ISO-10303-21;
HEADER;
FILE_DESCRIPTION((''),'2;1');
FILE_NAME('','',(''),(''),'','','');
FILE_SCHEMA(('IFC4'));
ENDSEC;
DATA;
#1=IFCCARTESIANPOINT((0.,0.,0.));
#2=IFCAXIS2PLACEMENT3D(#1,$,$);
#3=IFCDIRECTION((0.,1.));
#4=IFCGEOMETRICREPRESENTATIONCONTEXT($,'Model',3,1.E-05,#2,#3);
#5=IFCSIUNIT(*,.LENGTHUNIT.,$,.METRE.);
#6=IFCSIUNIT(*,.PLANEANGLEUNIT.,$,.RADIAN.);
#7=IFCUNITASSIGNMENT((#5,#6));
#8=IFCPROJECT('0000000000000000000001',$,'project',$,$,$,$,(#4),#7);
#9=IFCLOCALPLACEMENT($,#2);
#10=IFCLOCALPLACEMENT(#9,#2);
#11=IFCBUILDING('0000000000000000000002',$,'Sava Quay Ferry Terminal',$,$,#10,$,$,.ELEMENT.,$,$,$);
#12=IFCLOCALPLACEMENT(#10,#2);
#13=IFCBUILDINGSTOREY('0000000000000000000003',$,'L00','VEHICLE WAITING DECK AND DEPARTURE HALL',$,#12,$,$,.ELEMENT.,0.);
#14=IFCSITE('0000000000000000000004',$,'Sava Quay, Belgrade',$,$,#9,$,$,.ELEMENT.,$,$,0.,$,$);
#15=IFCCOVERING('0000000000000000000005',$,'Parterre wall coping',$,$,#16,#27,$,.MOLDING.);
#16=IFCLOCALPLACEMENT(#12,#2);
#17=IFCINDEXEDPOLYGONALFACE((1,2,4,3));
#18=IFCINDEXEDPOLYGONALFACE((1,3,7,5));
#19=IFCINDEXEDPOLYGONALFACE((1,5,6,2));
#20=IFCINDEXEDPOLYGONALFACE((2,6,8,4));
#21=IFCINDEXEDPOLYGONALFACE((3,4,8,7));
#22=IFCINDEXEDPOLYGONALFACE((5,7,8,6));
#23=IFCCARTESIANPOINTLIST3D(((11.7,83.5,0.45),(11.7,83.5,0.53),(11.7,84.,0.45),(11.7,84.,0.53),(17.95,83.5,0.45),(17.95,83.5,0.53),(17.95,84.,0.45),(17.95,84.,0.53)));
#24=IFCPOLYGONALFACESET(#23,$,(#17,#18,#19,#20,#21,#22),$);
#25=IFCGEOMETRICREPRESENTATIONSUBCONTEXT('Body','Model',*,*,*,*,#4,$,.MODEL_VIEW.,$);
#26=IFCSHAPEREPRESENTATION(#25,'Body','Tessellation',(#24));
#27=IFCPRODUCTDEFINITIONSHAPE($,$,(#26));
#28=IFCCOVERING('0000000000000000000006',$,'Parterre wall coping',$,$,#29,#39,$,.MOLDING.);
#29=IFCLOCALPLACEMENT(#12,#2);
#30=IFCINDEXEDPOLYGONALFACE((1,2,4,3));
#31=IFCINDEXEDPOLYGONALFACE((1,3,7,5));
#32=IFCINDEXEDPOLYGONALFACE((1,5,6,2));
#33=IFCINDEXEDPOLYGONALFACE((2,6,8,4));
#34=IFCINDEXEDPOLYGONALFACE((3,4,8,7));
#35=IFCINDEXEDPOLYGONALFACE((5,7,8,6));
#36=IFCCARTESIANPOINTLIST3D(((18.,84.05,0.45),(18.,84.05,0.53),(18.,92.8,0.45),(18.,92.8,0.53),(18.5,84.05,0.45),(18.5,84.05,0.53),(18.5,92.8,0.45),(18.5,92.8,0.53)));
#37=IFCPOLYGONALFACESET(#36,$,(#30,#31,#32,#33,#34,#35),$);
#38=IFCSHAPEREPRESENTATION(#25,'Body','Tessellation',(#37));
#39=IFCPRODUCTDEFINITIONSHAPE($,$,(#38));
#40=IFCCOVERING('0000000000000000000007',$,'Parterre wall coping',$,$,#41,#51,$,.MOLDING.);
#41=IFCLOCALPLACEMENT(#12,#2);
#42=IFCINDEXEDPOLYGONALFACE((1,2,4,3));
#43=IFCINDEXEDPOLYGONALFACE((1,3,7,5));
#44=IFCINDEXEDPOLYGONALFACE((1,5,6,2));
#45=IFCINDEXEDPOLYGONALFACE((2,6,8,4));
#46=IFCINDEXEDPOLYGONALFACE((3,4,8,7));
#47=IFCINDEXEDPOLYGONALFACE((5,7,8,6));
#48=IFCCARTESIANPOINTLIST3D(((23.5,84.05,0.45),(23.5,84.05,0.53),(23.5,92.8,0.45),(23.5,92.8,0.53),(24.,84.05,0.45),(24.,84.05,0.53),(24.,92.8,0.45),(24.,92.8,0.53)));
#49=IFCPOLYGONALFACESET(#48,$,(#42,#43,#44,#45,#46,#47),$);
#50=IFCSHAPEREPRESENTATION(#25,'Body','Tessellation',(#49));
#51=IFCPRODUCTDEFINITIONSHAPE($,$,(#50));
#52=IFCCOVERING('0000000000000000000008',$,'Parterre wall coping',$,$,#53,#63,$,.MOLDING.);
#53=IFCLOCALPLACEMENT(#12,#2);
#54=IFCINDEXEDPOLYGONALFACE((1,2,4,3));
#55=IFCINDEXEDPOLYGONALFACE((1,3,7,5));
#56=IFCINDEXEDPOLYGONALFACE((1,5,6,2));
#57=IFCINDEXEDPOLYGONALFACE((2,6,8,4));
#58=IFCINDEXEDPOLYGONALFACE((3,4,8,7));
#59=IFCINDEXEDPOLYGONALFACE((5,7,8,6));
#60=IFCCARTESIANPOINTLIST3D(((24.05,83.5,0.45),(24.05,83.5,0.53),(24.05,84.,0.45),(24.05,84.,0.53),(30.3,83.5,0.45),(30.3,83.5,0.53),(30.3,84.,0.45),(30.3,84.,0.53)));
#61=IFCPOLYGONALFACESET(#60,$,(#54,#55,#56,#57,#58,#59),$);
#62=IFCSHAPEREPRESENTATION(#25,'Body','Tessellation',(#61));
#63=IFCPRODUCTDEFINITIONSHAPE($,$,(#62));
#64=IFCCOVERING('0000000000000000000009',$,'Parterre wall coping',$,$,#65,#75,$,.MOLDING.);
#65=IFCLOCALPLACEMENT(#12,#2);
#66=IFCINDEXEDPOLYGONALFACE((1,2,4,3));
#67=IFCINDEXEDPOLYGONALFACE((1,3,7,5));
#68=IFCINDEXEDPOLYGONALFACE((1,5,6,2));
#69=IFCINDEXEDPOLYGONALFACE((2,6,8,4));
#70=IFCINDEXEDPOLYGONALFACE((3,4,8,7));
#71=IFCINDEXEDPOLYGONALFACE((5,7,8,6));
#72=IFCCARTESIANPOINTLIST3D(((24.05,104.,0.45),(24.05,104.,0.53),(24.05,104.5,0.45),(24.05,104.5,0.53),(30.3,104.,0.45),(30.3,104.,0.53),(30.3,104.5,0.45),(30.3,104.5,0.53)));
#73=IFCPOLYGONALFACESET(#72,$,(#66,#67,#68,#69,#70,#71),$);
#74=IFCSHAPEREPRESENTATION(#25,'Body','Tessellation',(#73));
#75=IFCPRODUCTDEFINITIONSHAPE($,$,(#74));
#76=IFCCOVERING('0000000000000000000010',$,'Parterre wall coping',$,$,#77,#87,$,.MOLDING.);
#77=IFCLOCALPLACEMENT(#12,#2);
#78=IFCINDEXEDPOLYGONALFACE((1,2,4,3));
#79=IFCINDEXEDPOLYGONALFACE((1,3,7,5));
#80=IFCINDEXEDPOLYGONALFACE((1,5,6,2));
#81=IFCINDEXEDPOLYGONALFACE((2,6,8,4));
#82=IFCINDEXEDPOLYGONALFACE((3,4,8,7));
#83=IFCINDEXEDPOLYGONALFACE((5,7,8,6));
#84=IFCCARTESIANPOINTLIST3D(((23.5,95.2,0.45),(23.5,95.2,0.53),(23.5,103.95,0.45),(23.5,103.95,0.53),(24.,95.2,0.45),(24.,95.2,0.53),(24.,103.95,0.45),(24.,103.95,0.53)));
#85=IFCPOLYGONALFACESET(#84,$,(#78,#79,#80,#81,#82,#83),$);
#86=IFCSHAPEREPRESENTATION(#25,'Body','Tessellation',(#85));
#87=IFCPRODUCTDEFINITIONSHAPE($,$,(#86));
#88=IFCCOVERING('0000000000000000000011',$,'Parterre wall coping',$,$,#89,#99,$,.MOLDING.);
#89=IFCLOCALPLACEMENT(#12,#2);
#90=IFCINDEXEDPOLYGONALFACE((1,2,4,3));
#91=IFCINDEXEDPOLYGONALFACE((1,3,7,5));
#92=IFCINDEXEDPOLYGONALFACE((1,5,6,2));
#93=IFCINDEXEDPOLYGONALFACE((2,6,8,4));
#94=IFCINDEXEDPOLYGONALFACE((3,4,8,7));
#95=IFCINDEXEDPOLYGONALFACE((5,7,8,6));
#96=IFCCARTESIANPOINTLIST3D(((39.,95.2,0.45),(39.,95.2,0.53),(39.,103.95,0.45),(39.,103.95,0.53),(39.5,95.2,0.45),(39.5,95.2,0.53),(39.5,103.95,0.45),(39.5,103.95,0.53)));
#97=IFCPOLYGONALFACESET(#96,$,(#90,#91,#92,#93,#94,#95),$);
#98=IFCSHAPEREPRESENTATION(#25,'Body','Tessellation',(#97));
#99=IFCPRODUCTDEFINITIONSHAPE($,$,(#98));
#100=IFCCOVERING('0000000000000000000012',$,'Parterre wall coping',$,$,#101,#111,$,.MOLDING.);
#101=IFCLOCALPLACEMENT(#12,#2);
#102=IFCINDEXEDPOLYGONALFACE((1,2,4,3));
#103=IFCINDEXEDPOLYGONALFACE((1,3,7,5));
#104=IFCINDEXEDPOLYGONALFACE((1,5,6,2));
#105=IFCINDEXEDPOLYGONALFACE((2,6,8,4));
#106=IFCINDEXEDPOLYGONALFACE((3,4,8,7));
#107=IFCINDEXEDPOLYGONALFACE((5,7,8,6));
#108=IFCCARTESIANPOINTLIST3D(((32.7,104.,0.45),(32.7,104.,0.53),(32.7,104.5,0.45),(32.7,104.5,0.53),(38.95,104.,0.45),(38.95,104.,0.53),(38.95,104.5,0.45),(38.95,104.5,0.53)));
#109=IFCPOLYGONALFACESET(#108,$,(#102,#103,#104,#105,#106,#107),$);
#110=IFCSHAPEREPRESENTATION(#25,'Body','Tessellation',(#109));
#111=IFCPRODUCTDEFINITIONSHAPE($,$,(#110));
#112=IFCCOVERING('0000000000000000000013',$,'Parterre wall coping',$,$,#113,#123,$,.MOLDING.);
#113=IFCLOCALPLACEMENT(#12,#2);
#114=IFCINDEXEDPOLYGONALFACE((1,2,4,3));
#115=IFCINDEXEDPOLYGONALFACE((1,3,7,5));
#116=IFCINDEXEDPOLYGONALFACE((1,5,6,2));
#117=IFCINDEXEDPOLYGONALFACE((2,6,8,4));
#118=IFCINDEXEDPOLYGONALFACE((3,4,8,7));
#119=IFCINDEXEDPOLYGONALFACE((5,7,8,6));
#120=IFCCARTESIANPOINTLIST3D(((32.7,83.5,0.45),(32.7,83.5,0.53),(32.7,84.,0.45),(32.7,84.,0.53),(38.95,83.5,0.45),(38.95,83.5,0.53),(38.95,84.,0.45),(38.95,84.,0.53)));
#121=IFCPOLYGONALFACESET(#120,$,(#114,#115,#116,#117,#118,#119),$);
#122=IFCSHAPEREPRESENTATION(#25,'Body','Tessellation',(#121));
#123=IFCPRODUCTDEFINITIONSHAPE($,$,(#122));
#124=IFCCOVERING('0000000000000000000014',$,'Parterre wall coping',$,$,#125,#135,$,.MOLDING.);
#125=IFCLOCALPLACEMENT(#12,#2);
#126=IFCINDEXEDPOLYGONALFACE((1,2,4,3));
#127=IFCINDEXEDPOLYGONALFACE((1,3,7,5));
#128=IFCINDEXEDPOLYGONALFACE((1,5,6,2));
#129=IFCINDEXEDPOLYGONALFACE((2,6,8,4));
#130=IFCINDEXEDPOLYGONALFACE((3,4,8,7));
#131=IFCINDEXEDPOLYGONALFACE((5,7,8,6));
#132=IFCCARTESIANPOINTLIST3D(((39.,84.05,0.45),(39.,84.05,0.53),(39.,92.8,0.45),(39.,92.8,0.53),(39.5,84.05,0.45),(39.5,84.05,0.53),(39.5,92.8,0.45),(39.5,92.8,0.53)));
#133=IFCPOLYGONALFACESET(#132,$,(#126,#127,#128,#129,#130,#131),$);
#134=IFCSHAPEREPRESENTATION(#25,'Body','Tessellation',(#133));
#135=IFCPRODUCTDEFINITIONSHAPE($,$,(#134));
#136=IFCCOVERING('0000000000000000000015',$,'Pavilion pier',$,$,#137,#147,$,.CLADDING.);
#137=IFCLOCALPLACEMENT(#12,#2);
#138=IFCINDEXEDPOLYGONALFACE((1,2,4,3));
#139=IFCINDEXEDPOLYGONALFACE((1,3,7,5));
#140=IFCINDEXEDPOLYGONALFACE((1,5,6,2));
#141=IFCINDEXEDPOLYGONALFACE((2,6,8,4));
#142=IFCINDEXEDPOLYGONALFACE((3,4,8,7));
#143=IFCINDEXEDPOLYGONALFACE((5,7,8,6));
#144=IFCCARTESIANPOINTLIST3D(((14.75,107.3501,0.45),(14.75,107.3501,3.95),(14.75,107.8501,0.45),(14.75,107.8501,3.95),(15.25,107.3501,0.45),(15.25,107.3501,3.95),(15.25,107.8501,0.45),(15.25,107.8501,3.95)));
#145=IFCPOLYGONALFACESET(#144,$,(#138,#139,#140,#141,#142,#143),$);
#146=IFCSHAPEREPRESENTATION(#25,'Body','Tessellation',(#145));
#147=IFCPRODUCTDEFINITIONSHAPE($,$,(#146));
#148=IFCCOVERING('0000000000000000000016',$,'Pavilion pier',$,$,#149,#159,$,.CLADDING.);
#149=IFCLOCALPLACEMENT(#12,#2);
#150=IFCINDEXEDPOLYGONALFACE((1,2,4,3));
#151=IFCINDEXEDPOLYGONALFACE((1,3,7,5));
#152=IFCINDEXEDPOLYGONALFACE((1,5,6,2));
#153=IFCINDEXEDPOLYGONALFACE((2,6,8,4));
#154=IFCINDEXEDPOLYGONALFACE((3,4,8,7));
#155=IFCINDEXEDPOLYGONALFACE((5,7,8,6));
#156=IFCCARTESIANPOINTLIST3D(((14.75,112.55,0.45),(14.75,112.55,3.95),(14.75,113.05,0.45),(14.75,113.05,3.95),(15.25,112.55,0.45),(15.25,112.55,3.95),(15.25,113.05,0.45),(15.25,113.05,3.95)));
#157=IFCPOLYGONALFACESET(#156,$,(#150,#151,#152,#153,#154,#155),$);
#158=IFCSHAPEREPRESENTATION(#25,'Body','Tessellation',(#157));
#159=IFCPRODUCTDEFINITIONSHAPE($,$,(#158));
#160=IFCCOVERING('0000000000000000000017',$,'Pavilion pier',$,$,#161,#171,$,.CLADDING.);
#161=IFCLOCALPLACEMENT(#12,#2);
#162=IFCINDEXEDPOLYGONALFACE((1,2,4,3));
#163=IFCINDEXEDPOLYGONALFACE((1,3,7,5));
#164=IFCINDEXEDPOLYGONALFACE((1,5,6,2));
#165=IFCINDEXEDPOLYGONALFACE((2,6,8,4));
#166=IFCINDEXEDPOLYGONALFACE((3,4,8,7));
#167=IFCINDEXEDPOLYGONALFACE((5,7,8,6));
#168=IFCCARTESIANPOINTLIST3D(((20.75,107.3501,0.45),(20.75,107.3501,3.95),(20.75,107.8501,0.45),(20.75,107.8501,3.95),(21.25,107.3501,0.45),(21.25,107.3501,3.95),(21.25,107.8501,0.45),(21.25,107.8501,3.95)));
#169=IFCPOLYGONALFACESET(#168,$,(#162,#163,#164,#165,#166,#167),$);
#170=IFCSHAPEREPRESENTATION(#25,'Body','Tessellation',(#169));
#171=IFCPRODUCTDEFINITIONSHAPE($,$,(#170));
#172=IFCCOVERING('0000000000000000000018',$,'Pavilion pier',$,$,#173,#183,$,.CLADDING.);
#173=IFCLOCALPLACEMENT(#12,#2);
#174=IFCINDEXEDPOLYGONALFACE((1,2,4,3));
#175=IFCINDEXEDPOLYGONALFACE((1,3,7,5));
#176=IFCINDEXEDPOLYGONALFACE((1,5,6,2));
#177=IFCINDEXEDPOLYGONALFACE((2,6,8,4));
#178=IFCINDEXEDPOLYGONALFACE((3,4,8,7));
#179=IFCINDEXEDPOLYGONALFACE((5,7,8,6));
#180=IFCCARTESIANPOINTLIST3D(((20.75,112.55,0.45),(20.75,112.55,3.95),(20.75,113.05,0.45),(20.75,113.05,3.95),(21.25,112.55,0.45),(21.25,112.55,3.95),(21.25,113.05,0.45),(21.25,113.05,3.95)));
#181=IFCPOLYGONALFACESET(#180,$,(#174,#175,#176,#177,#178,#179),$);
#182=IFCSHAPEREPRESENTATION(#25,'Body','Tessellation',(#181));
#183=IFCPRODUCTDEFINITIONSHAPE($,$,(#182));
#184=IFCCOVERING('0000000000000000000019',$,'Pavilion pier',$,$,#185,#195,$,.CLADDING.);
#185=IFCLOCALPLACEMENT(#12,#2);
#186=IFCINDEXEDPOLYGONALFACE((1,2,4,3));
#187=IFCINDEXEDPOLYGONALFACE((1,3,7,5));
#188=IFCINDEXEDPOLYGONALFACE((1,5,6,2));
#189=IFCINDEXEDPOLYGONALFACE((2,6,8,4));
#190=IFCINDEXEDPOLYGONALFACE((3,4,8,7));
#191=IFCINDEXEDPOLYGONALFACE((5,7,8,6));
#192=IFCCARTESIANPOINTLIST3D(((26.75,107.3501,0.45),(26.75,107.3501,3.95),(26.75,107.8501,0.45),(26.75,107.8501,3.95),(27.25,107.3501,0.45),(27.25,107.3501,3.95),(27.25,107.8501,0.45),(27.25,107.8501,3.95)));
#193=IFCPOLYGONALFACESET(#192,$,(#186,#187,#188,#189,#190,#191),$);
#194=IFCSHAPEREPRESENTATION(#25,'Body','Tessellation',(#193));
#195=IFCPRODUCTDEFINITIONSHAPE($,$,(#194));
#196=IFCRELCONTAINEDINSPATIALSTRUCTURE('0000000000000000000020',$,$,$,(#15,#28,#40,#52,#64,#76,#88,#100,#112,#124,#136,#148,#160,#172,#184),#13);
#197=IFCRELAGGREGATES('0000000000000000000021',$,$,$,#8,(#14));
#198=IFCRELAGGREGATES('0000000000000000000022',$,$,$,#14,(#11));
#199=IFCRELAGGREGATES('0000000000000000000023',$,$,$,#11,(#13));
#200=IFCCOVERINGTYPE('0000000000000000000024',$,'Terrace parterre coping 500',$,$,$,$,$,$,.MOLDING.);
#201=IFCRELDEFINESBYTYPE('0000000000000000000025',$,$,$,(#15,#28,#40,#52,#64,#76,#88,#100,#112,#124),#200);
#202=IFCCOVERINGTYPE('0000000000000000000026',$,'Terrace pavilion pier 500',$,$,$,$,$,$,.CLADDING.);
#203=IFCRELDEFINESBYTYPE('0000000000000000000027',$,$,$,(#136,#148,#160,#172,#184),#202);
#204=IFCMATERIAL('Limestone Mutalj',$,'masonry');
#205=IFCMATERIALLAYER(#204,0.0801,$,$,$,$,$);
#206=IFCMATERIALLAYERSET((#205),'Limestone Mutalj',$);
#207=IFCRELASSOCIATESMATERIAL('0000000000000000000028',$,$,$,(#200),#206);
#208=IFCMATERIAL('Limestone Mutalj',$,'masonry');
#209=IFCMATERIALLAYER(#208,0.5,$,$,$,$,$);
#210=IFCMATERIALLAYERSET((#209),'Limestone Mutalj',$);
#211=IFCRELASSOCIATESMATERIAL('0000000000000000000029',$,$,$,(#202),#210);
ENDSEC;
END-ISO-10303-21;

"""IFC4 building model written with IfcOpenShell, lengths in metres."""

from ifc_helpers import new_model, si_unit, direction, frame, origin, place, context, subcontext, project, spatial, polyline, outline, extrude, material, layer, layer_set, type_object, element, save


model = new_model("IFC4")

# Units and contexts
model_context = context("Model", 3, precision=1e-05, world=origin(), true_north=direction((0.0, 1.0)))
body_context = subcontext(model_context, "Body", "Model", "MODEL_VIEW")
ifc_project = project(units=[si_unit("LENGTHUNIT", "METRE"), si_unit("PLANEANGLEUNIT", "RADIAN")], contexts=[model_context])

# Site, building, storey
site_placement = place(None, origin())
site = spatial("IfcSite", under=ifc_project, at=site_placement, Name="Sava Quay, Belgrade", CompositionType="ELEMENT", RefElevation=0.0)
building_placement = place(site_placement, origin())
building = spatial("IfcBuilding", under=site, at=building_placement, Name="Sava Quay Ferry Terminal", CompositionType="ELEMENT")
storey_placement = place(building_placement, origin())
storey = spatial("IfcBuildingStorey", under=building, at=storey_placement, Name="L00", Description="VEHICLE WAITING DECK AND DEPARTURE HALL", CompositionType="ELEMENT", Elevation=0.0)

# Coverings
ifc_material_1 = material(Name="Limestone Mutalj", Category="masonry")
ifc_layer_1 = layer(ifc_material_1, 0.0801)
ifc_layer_set_1 = layer_set([ifc_layer_1], Name="Limestone Mutalj")
covering_type_1 = type_object("IfcCoveringType", Name="Terrace parterre coping 500", PredefinedType="MOLDING", material=ifc_layer_set_1)
covering_1_placement = place(storey_placement, frame((0.0, 0.0, 0.45)))
element("IfcCovering", 1, at=covering_1_placement, inside=storey, type_object=covering_type_1, Name="Parterre wall coping", PredefinedType="MOLDING", context=body_context, shape_type="SweptSolid", body=[
    extrude(outline(polyline([(11.7, 84.0), (11.7, 83.5), (17.95, 83.5), (17.95, 84.0), (11.7, 84.0)])), origin(), (0.0, 0.0, 1.0), 0.0801),
])
covering_2_placement = place(storey_placement, frame((0.0, 0.0, 0.45)))
element("IfcCovering", 2, at=covering_2_placement, inside=storey, type_object=covering_type_1, Name="Parterre wall coping", PredefinedType="MOLDING", context=body_context, shape_type="SweptSolid", body=[
    extrude(outline(polyline([(18.5, 92.8), (18.0, 92.8), (18.0, 84.05), (18.5, 84.05), (18.5, 92.8)])), origin(), (0.0, 0.0, 1.0), 0.0801),
])
covering_3_placement = place(storey_placement, frame((0.0, 0.0, 0.45)))
element("IfcCovering", 3, at=covering_3_placement, inside=storey, type_object=covering_type_1, Name="Parterre wall coping", PredefinedType="MOLDING", context=body_context, shape_type="SweptSolid", body=[
    extrude(outline(polyline([(24.0, 84.05), (24.0, 92.8), (23.5, 92.8), (23.5, 84.05), (24.0, 84.05)])), origin(), (0.0, 0.0, 1.0), 0.0801),
])
covering_4_placement = place(storey_placement, frame((0.0, 0.0, 0.45)))
element("IfcCovering", 4, at=covering_4_placement, inside=storey, type_object=covering_type_1, Name="Parterre wall coping", PredefinedType="MOLDING", context=body_context, shape_type="SweptSolid", body=[
    extrude(outline(polyline([(30.3, 83.5), (30.3, 84.0), (24.05, 84.0), (24.05, 83.5), (30.3, 83.5)])), origin(), (0.0, 0.0, 1.0), 0.0801),
])
covering_5_placement = place(storey_placement, frame((0.0, 0.0, 0.45)))
element("IfcCovering", 5, at=covering_5_placement, inside=storey, type_object=covering_type_1, Name="Parterre wall coping", PredefinedType="MOLDING", context=body_context, shape_type="SweptSolid", body=[
    extrude(outline(polyline([(30.3, 104.0), (30.3, 104.5), (24.05, 104.5), (24.05, 104.0), (30.3, 104.0)])), origin(), (0.0, 0.0, 1.0), 0.0801),
])
covering_6_placement = place(storey_placement, frame((0.0, 0.0, 0.45)))
element("IfcCovering", 6, at=covering_6_placement, inside=storey, type_object=covering_type_1, Name="Parterre wall coping", PredefinedType="MOLDING", context=body_context, shape_type="SweptSolid", body=[
    extrude(outline(polyline([(23.5, 95.2), (24.0, 95.2), (24.0, 103.95), (23.5, 103.95), (23.5, 95.2)])), origin(), (0.0, 0.0, 1.0), 0.0801),
])
covering_7_placement = place(storey_placement, frame((0.0, 0.0, 0.45)))
element("IfcCovering", 7, at=covering_7_placement, inside=storey, type_object=covering_type_1, Name="Parterre wall coping", PredefinedType="MOLDING", context=body_context, shape_type="SweptSolid", body=[
    extrude(outline(polyline([(39.0, 95.2), (39.5, 95.2), (39.5, 103.95), (39.0, 103.95), (39.0, 95.2)])), origin(), (0.0, 0.0, 1.0), 0.0801),
])
covering_8_placement = place(storey_placement, frame((0.0, 0.0, 0.45)))
element("IfcCovering", 8, at=covering_8_placement, inside=storey, type_object=covering_type_1, Name="Parterre wall coping", PredefinedType="MOLDING", context=body_context, shape_type="SweptSolid", body=[
    extrude(outline(polyline([(32.7, 104.5), (32.7, 104.0), (38.95, 104.0), (38.95, 104.5), (32.7, 104.5)])), origin(), (0.0, 0.0, 1.0), 0.0801),
])
covering_9_placement = place(storey_placement, frame((0.0, 0.0, 0.45)))
element("IfcCovering", 9, at=covering_9_placement, inside=storey, type_object=covering_type_1, Name="Parterre wall coping", PredefinedType="MOLDING", context=body_context, shape_type="SweptSolid", body=[
    extrude(outline(polyline([(32.7, 84.0), (32.7, 83.5), (38.95, 83.5), (38.95, 84.0), (32.7, 84.0)])), origin(), (0.0, 0.0, 1.0), 0.0801),
])
covering_10_placement = place(storey_placement, frame((0.0, 0.0, 0.45)))
element("IfcCovering", 10, at=covering_10_placement, inside=storey, type_object=covering_type_1, Name="Parterre wall coping", PredefinedType="MOLDING", context=body_context, shape_type="SweptSolid", body=[
    extrude(outline(polyline([(39.5, 92.8), (39.0, 92.8), (39.0, 84.05), (39.5, 84.05), (39.5, 92.8)])), origin(), (0.0, 0.0, 1.0), 0.0801),
])
ifc_material_2 = material(Name="Limestone Mutalj", Category="masonry")
ifc_layer_2 = layer(ifc_material_2, 0.5)
ifc_layer_set_2 = layer_set([ifc_layer_2], Name="Limestone Mutalj")
covering_type_2 = type_object("IfcCoveringType", Name="Terrace pavilion pier 500", PredefinedType="CLADDING", material=ifc_layer_set_2)
covering_11_placement = place(storey_placement, frame((0.0, 0.0, 0.45)))
element("IfcCovering", 11, at=covering_11_placement, inside=storey, type_object=covering_type_2, Name="Pavilion pier", PredefinedType="CLADDING", context=body_context, shape_type="SweptSolid", body=[
    extrude(outline(polyline([(15.25, 107.3501), (15.25, 107.8501), (14.75, 107.8501), (14.75, 107.3501), (15.25, 107.3501)])), origin(), (0.0, 0.0, 1.0), 3.5),
])
covering_12_placement = place(storey_placement, frame((0.0, 0.0, 0.45)))
element("IfcCovering", 12, at=covering_12_placement, inside=storey, type_object=covering_type_2, Name="Pavilion pier", PredefinedType="CLADDING", context=body_context, shape_type="SweptSolid", body=[
    extrude(outline(polyline([(15.25, 112.55), (15.25, 113.05), (14.75, 113.05), (14.75, 112.55), (15.25, 112.55)])), origin(), (0.0, 0.0, 1.0), 3.5),
])
covering_13_placement = place(storey_placement, frame((0.0, 0.0, 0.45)))
element("IfcCovering", 13, at=covering_13_placement, inside=storey, type_object=covering_type_2, Name="Pavilion pier", PredefinedType="CLADDING", context=body_context, shape_type="SweptSolid", body=[
    extrude(outline(polyline([(21.25, 107.3501), (21.25, 107.8501), (20.75, 107.8501), (20.75, 107.3501), (21.25, 107.3501)])), origin(), (0.0, 0.0, 1.0), 3.5),
])
covering_14_placement = place(storey_placement, frame((0.0, 0.0, 0.45)))
element("IfcCovering", 14, at=covering_14_placement, inside=storey, type_object=covering_type_2, Name="Pavilion pier", PredefinedType="CLADDING", context=body_context, shape_type="SweptSolid", body=[
    extrude(outline(polyline([(21.25, 112.55), (21.25, 113.05), (20.75, 113.05), (20.75, 112.55), (21.25, 112.55)])), origin(), (0.0, 0.0, 1.0), 3.5),
])
covering_15_placement = place(storey_placement, frame((0.0, 0.0, 0.45)))
element("IfcCovering", 15, at=covering_15_placement, inside=storey, type_object=covering_type_2, Name="Pavilion pier", PredefinedType="CLADDING", context=body_context, shape_type="SweptSolid", body=[
    extrude(outline(polyline([(27.25, 107.3501), (27.25, 107.8501), (26.75, 107.8501), (26.75, 107.3501), (27.25, 107.3501)])), origin(), (0.0, 0.0, 1.0), 3.5),
])

save(model, "model.ifc")
